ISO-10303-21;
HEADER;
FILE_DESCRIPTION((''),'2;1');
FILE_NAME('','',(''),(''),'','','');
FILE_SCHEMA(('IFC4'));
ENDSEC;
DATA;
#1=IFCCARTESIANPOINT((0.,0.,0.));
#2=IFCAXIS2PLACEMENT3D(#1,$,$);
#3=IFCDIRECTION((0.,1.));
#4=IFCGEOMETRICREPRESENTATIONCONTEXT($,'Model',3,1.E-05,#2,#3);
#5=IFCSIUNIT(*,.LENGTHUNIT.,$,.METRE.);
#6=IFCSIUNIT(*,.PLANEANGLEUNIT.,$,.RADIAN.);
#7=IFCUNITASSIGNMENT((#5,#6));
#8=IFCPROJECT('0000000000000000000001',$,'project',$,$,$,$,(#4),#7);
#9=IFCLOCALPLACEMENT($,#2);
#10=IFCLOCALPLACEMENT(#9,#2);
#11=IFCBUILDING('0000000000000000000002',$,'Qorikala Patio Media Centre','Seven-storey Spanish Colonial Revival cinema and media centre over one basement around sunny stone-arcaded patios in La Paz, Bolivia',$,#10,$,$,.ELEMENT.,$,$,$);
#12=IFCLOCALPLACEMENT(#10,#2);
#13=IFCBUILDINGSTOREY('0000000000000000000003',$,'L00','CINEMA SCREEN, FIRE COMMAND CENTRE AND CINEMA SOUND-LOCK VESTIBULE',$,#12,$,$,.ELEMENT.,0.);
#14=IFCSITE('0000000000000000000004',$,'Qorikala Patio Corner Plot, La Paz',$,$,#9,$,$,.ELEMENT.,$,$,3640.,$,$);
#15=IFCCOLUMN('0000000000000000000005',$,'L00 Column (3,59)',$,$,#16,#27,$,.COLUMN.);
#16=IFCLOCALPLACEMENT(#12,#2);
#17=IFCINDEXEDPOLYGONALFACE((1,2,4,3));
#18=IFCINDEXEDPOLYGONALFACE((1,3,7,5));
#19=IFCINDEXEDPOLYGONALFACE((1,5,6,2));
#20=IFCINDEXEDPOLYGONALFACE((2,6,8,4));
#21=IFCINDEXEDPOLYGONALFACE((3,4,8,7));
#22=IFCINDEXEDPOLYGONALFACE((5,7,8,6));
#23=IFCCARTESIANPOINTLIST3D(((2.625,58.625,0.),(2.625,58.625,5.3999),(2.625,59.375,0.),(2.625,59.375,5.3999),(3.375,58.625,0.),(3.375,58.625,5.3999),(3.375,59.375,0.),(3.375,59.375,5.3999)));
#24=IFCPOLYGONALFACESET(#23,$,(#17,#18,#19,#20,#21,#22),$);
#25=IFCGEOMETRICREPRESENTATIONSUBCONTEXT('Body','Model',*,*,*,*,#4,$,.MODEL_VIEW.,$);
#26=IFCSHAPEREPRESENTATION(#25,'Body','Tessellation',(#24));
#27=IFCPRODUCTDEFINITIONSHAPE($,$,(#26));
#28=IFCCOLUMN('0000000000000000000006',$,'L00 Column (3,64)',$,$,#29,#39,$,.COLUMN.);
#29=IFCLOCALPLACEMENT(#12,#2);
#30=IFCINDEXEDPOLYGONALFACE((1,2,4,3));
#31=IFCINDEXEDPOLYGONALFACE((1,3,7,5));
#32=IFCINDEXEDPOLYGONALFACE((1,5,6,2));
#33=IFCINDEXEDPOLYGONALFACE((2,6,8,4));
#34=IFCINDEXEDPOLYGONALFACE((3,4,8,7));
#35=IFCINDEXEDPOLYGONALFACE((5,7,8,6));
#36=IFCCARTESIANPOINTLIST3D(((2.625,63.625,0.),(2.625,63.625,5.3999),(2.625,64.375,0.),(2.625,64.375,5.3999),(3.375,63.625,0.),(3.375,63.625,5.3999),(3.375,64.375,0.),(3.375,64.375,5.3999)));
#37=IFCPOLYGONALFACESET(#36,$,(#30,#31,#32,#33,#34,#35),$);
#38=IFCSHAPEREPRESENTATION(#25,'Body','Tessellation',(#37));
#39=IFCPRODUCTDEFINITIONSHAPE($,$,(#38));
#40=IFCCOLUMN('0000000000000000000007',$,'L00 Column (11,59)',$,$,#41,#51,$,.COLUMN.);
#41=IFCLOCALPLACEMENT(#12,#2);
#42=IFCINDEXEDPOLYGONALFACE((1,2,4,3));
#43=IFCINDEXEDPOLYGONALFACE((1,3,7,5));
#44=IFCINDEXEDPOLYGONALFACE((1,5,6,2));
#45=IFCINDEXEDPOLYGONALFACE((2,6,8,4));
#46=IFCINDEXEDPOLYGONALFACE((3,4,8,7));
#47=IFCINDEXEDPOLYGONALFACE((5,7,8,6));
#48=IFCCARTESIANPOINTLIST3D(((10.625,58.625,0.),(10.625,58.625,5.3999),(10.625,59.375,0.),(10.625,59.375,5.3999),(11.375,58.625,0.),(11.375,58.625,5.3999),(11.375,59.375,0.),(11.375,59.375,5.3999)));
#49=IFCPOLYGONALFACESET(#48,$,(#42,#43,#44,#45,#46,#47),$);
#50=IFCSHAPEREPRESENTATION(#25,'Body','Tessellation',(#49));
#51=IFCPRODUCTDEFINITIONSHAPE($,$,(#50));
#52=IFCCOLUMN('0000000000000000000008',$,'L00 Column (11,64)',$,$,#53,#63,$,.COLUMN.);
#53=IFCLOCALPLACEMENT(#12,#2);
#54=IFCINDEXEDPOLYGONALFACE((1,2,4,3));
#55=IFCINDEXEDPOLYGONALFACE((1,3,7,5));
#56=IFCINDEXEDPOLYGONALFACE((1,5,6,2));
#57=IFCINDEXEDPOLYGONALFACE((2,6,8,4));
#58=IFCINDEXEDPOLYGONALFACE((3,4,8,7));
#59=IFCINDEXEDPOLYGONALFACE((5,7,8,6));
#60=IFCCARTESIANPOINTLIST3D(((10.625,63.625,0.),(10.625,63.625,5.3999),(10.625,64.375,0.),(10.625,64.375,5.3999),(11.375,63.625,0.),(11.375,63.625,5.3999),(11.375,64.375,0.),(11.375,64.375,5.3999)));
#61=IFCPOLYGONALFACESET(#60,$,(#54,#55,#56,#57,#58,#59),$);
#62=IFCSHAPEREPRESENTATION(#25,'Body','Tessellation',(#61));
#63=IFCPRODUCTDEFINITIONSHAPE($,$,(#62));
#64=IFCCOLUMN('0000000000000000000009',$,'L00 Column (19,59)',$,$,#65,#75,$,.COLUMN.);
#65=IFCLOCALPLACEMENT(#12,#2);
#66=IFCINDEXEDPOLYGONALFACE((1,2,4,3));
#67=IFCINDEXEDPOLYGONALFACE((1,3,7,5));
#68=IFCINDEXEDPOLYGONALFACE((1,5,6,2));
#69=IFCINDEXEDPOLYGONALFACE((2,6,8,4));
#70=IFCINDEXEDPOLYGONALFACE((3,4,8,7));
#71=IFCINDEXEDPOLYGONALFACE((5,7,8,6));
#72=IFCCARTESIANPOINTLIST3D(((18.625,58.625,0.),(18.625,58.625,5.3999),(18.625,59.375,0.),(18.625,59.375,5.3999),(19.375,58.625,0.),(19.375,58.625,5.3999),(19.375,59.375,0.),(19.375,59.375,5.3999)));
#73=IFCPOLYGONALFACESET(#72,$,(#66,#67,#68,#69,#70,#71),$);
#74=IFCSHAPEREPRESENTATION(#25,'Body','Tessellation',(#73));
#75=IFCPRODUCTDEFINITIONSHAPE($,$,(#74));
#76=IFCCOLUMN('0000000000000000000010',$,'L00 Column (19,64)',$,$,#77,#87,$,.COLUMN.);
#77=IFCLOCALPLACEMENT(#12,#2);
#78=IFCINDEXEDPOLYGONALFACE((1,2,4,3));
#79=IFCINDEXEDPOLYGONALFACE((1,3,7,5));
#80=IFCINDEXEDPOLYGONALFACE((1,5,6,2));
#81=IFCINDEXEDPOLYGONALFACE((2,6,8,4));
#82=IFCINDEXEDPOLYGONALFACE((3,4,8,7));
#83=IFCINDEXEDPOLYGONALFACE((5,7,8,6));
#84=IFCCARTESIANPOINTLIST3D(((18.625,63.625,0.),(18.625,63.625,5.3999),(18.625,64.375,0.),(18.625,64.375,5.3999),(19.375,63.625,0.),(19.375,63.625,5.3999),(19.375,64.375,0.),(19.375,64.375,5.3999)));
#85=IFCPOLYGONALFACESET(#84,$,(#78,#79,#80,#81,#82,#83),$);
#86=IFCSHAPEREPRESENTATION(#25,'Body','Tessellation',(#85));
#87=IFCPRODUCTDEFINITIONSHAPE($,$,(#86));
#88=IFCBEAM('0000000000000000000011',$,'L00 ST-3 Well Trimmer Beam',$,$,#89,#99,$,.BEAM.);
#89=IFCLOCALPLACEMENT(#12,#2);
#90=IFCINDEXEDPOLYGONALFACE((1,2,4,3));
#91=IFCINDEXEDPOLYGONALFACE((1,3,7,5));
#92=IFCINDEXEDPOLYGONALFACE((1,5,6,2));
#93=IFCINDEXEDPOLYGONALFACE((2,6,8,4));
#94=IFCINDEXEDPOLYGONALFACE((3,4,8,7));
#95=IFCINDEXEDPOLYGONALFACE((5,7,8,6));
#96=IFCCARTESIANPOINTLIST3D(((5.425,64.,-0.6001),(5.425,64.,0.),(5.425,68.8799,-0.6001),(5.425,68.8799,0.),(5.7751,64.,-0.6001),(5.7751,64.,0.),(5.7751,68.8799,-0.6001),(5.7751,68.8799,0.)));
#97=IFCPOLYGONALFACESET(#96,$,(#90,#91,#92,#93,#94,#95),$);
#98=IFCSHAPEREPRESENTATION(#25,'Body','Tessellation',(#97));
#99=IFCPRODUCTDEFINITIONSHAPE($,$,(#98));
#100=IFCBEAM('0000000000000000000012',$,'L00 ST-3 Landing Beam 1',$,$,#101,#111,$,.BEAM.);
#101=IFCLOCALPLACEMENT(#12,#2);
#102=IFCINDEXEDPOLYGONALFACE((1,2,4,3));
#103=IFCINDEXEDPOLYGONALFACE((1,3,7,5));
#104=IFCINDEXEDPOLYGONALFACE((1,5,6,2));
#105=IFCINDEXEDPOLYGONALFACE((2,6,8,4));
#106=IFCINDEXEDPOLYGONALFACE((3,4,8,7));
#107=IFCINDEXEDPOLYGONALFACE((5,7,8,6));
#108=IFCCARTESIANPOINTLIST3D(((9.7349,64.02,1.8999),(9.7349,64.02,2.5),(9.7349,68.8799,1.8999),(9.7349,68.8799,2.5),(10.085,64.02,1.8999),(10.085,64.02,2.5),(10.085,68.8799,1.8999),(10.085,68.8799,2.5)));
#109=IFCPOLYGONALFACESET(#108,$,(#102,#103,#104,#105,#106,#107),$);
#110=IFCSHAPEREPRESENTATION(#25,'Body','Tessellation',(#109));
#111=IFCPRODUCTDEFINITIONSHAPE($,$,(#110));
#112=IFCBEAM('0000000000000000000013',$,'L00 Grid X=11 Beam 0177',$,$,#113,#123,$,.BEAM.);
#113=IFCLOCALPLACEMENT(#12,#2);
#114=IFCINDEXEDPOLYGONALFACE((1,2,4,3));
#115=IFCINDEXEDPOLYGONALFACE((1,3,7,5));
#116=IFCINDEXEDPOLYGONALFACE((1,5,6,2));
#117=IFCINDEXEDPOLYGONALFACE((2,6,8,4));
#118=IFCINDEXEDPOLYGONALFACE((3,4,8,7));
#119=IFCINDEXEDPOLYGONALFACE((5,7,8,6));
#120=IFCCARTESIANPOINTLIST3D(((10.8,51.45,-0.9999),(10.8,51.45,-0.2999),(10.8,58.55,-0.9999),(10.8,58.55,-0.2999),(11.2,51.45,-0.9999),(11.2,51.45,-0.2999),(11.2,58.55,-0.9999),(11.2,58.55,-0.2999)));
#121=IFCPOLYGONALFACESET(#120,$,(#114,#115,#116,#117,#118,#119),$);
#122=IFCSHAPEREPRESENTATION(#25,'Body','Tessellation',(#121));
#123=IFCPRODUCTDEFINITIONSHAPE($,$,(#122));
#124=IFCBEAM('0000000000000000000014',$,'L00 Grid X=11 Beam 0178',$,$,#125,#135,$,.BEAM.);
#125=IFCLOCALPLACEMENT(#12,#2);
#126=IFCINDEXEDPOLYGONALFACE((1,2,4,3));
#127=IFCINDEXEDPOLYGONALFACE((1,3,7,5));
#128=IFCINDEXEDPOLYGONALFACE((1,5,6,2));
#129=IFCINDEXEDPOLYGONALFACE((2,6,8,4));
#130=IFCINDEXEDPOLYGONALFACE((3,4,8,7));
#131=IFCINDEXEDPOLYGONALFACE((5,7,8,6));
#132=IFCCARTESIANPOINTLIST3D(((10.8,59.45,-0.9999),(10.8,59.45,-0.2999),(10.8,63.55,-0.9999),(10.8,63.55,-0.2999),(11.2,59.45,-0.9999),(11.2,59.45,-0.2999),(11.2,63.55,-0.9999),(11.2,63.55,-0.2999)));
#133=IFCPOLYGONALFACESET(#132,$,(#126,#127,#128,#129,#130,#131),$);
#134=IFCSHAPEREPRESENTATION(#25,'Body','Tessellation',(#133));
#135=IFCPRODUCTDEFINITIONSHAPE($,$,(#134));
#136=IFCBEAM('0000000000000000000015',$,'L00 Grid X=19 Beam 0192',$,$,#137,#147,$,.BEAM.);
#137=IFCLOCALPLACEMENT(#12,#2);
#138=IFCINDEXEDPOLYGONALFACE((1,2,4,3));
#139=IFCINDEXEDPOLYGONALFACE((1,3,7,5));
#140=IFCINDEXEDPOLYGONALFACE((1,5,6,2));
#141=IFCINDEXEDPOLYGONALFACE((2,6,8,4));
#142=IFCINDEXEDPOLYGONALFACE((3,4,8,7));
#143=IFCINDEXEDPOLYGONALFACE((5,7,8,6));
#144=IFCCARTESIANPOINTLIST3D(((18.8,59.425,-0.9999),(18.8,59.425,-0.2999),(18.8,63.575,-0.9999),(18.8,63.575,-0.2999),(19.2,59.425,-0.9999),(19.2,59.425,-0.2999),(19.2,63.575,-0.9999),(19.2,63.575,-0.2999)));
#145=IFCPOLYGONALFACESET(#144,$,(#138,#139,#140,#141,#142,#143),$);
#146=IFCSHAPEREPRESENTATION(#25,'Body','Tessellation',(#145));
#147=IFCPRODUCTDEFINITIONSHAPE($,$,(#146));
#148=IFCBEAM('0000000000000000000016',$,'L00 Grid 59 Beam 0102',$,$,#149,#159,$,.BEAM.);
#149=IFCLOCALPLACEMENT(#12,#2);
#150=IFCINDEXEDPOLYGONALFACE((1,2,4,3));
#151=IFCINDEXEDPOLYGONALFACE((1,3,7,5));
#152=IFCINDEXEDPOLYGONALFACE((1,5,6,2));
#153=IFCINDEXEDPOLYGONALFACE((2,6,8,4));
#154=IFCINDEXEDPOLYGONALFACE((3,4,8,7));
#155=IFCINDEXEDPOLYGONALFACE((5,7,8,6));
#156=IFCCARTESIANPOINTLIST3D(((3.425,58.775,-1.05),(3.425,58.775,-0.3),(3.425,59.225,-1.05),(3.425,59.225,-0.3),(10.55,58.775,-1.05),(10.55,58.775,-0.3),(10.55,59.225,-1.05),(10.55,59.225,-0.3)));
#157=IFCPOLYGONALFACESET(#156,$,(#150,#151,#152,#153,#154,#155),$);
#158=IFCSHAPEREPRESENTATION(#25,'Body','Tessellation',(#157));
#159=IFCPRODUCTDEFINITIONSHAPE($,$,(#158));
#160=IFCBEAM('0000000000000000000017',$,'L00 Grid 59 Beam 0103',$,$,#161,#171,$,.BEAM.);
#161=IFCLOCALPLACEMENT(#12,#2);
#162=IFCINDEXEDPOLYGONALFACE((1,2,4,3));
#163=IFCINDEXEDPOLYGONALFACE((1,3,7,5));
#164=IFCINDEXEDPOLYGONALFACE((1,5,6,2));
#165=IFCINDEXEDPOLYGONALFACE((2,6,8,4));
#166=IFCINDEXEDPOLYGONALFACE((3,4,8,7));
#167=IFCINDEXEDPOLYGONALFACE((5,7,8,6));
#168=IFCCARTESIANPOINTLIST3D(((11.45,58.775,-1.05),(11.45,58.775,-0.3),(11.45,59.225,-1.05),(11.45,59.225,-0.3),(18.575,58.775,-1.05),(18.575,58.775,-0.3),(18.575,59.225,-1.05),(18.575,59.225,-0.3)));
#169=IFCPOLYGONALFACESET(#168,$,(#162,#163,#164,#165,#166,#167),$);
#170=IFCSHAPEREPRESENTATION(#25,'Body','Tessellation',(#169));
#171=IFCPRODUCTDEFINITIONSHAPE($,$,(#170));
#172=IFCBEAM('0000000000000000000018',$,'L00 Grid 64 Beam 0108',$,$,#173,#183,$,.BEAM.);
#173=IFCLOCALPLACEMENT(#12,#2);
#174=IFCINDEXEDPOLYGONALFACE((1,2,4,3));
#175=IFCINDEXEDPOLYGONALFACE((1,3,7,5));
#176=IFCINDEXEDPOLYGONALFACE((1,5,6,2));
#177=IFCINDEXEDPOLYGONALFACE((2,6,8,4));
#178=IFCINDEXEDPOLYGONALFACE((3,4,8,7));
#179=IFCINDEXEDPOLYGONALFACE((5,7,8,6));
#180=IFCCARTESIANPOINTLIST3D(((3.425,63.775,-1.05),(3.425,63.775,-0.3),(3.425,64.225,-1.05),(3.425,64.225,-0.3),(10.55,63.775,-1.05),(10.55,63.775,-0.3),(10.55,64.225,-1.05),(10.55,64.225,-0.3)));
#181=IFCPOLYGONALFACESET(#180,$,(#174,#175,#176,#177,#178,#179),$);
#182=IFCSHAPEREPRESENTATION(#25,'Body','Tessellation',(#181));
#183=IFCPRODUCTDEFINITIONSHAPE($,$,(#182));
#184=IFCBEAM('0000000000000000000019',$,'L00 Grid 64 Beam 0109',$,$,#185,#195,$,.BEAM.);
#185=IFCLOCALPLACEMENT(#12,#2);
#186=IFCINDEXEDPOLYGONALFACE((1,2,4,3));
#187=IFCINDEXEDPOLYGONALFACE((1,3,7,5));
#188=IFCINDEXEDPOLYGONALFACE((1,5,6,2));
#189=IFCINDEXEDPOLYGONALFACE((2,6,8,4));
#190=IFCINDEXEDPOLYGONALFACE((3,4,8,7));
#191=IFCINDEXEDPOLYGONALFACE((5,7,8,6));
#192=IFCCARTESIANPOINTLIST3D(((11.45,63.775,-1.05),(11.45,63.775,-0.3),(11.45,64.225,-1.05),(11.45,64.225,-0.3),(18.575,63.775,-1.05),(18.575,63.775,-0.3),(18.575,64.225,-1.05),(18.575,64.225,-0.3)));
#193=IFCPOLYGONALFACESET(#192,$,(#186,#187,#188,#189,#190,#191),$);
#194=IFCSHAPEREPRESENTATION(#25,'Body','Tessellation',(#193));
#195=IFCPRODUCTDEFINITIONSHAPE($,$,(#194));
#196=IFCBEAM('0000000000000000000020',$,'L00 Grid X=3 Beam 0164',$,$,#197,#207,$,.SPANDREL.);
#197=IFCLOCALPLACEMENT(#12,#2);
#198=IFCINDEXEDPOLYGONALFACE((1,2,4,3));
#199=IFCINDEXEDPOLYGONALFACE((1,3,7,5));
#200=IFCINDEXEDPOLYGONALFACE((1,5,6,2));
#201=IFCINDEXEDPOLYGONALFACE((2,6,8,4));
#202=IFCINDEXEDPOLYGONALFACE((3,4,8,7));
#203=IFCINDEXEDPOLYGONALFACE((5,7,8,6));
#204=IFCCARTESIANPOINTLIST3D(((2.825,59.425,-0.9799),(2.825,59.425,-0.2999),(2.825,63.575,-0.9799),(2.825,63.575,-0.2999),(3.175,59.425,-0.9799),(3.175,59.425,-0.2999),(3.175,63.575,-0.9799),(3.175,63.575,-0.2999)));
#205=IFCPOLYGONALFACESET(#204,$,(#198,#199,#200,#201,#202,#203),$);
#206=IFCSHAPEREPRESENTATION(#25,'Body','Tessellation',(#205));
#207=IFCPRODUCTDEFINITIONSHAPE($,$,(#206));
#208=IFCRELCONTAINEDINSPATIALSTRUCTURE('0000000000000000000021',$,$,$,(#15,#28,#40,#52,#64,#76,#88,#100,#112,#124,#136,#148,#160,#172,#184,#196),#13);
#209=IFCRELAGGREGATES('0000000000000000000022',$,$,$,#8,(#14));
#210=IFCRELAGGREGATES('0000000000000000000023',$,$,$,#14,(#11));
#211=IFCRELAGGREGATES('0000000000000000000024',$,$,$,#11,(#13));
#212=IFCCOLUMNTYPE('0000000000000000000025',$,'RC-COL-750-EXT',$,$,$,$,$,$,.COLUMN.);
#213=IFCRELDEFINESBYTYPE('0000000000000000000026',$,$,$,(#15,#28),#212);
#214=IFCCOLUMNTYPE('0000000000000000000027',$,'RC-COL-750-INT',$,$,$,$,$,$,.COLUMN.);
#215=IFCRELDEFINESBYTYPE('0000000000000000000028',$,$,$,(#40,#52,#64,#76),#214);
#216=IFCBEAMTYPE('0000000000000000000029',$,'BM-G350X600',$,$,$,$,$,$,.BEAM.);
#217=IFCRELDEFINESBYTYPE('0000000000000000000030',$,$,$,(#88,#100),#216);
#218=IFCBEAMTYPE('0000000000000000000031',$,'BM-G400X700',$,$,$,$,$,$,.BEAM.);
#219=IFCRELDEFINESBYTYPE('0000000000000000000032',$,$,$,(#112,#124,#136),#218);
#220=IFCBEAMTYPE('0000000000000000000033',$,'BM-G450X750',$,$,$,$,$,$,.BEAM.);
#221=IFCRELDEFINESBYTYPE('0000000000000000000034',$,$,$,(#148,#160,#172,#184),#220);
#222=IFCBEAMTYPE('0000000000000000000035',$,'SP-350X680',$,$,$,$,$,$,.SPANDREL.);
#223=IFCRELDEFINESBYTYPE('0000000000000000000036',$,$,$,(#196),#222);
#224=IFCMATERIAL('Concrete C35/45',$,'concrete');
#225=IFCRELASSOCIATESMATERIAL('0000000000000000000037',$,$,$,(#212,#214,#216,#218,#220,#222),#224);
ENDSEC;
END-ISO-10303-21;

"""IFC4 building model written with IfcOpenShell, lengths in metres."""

from ifc_helpers import new_model, si_unit, direction, frame, origin, origin_2d, place, context, subcontext, project, spatial, rectangle, extrude, material, material_profile, profile_set, type_object, element, save


model = new_model("IFC4")

# Units and contexts
model_context = context("Model", 3, precision=1e-05, world=origin(), true_north=direction((0.0, 1.0)))
body_context = subcontext(model_context, "Body", "Model", "MODEL_VIEW")
ifc_project = project(units=[si_unit("LENGTHUNIT", "METRE"), si_unit("PLANEANGLEUNIT", "RADIAN")], contexts=[model_context])

# Site, building, storey
site_placement = place(None, origin())
site = spatial("IfcSite", under=ifc_project, at=site_placement, Name="Qorikala Patio Corner Plot, La Paz", CompositionType="ELEMENT", RefElevation=3640.0)
building_placement = place(site_placement, origin())
building = spatial("IfcBuilding", under=site, at=building_placement, Name="Qorikala Patio Media Centre", Description="Seven-storey Spanish Colonial Revival cinema and media centre over one basement around sunny stone-arcaded patios in La Paz, Bolivia", CompositionType="ELEMENT")
storey_placement = place(building_placement, origin())
storey = spatial("IfcBuildingStorey", under=building, at=storey_placement, Name="L00", Description="CINEMA SCREEN, FIRE COMMAND CENTRE AND CINEMA SOUND-LOCK VESTIBULE", CompositionType="ELEMENT", Elevation=0.0)

# Columns
ifc_material_1 = material(Name="Concrete C35/45", Category="concrete")
ifc_material_profile_1 = material_profile(ifc_material_1, rectangle(XDim=0.75, YDim=0.75, at=origin_2d()), Name="RC 750x750")
ifc_profile_set_1 = profile_set([ifc_material_profile_1], Name="Concrete C35/45")
column_type_1 = type_object("IfcColumnType", Name="RC-COL-750-EXT", PredefinedType="COLUMN", material=ifc_profile_set_1)
for number, where, z_axis, x_axis, name in (
    (1, (3.0, 59.0, 0.0), (0.0, 0.0, 1.0), (1.0, 0.0, 0.0), "L00 Column (3,59)"),
    (2, (3.0, 64.0, 0.0), (0.0, 0.0, 1.0), (1.0, 0.0, 0.0), "L00 Column (3,64)"),
):
    element("IfcColumn", number, at=place(storey_placement, frame(where, z_axis=z_axis, x_axis=x_axis)), inside=storey, type_object=column_type_1, Name=name, PredefinedType="COLUMN", context=body_context, shape_type="SweptSolid", body=[
        extrude(rectangle(XDim=0.75, YDim=0.75, at=origin_2d()), origin(), (0.0, 0.0, 1.0), 5.3999),
    ])
ifc_material_profile_2 = material_profile(ifc_material_1, rectangle(XDim=0.75, YDim=0.75, at=origin_2d()), Name="RC 750x750")
ifc_profile_set_2 = profile_set([ifc_material_profile_2], Name="Concrete C35/45")
column_type_2 = type_object("IfcColumnType", Name="RC-COL-750-INT", PredefinedType="COLUMN", material=ifc_profile_set_2)
for number, where, z_axis, x_axis, name in (
    (3, (11.0, 59.0, 0.0), (0.0, 0.0, 1.0), (1.0, 0.0, 0.0), "L00 Column (11,59)"),
    (4, (11.0, 64.0, 0.0), (0.0, 0.0, 1.0), (1.0, 0.0, 0.0), "L00 Column (11,64)"),
    (5, (19.0, 59.0, 0.0), (0.0, 0.0, 1.0), (1.0, 0.0, 0.0), "L00 Column (19,59)"),
    (6, (19.0, 64.0, 0.0), (0.0, 0.0, 1.0), (1.0, 0.0, 0.0), "L00 Column (19,64)"),
):
    element("IfcColumn", number, at=place(storey_placement, frame(where, z_axis=z_axis, x_axis=x_axis)), inside=storey, type_object=column_type_2, Name=name, PredefinedType="COLUMN", context=body_context, shape_type="SweptSolid", body=[
        extrude(rectangle(XDim=0.75, YDim=0.75, at=origin_2d()), origin(), (0.0, 0.0, 1.0), 5.3999),
    ])

# Beams
ifc_material_profile_3 = material_profile(ifc_material_1, rectangle(XDim=0.3501, YDim=0.6001, at=origin_2d()), Name="RC 350x600")
ifc_profile_set_3 = profile_set([ifc_material_profile_3], Name="Concrete C35/45")
beam_type_1 = type_object("IfcBeamType", Name="BM-G350X600", PredefinedType="BEAM", material=ifc_profile_set_3)
beam_1_placement = place(storey_placement, frame((5.6001, 64.0, -0.3), z_axis=(0.0, 1.0, 0.0), x_axis=(-1.0, 0.0, 0.0)))
element("IfcBeam", 7, at=beam_1_placement, inside=storey, type_object=beam_type_1, Name="L00 ST-3 Well Trimmer Beam", PredefinedType="BEAM", context=body_context, shape_type="SweptSolid", body=[
    extrude(rectangle(XDim=0.3501, YDim=0.6001, at=origin_2d()), origin(), (0.0, 0.0, 1.0), 4.8799),
])
beam_2_placement = place(storey_placement, frame((9.9099, 64.02, 2.2), z_axis=(0.0, 1.0, 0.0), x_axis=(-1.0, 0.0, 0.0)))
element("IfcBeam", 8, at=beam_2_placement, inside=storey, type_object=beam_type_1, Name="L00 ST-3 Landing Beam 1", PredefinedType="BEAM", context=body_context, shape_type="SweptSolid", body=[
    extrude(rectangle(XDim=0.3501, YDim=0.6001, at=origin_2d()), origin(), (0.0, 0.0, 1.0), 4.8599),
])
ifc_material_profile_4 = material_profile(ifc_material_1, rectangle(XDim=0.3999, YDim=0.7, at=origin_2d()), Name="RC 400x700")
ifc_profile_set_4 = profile_set([ifc_material_profile_4], Name="Concrete C35/45")
beam_type_2 = type_object("IfcBeamType", Name="BM-G400X700", PredefinedType="BEAM", material=ifc_profile_set_4)
beam_3_placement = place(storey_placement, frame((11.0, 51.45, -0.6499), z_axis=(0.0, 1.0, 0.0), x_axis=(-1.0, 0.0, 0.0)))
element("IfcBeam", 9, at=beam_3_placement, inside=storey, type_object=beam_type_2, Name="L00 Grid X=11 Beam 0177", PredefinedType="BEAM", context=body_context, shape_type="SweptSolid", body=[
    extrude(rectangle(XDim=0.3999, YDim=0.7, at=origin_2d()), origin(), (0.0, 0.0, 1.0), 7.1001),
])
beam_4_placement = place(storey_placement, frame((11.0, 59.45, -0.6499), z_axis=(0.0, 1.0, 0.0), x_axis=(-1.0, 0.0, 0.0)))
element("IfcBeam", 10, at=beam_4_placement, inside=storey, type_object=beam_type_2, Name="L00 Grid X=11 Beam 0178", PredefinedType="BEAM", context=body_context, shape_type="SweptSolid", body=[
    extrude(rectangle(XDim=0.3999, YDim=0.7, at=origin_2d()), origin(), (0.0, 0.0, 1.0), 4.1001),
])
beam_5_placement = place(storey_placement, frame((19.0, 59.425, -0.6499), z_axis=(0.0, 1.0, 0.0), x_axis=(-1.0, 0.0, 0.0)))
element("IfcBeam", 11, at=beam_5_placement, inside=storey, type_object=beam_type_2, Name="L00 Grid X=19 Beam 0192", PredefinedType="BEAM", context=body_context, shape_type="SweptSolid", body=[
    extrude(rectangle(XDim=0.3999, YDim=0.7, at=origin_2d()), origin(), (0.0, 0.0, 1.0), 4.1499),
])
ifc_material_profile_5 = material_profile(ifc_material_1, rectangle(XDim=0.45, YDim=0.75, at=origin_2d()), Name="RC 450x750")
ifc_profile_set_5 = profile_set([ifc_material_profile_5], Name="Concrete C35/45")
beam_type_3 = type_object("IfcBeamType", Name="BM-G450X750", PredefinedType="BEAM", material=ifc_profile_set_5)
for number, where, z_axis, x_axis, name in (
    (12, (3.425, 59.0, -0.675), (1.0, 0.0, 0.0), (0.0, 1.0, 0.0), "L00 Grid 59 Beam 0102"),
    (13, (11.45, 59.0, -0.675), (1.0, 0.0, 0.0), (0.0, 1.0, 0.0), "L00 Grid 59 Beam 0103"),
    (14, (3.425, 64.0, -0.675), (1.0, 0.0, 0.0), (0.0, 1.0, 0.0), "L00 Grid 64 Beam 0108"),
    (15, (11.45, 64.0, -0.675), (1.0, 0.0, 0.0), (0.0, 1.0, 0.0), "L00 Grid 64 Beam 0109"),
):
    element("IfcBeam", number, at=place(storey_placement, frame(where, z_axis=z_axis, x_axis=x_axis)), inside=storey, type_object=beam_type_3, Name=name, PredefinedType="BEAM", context=body_context, shape_type="SweptSolid", body=[
        extrude(rectangle(XDim=0.45, YDim=0.75, at=origin_2d()), origin(), (0.0, 0.0, 1.0), 7.125),
    ])
ifc_material_profile_6 = material_profile(ifc_material_1, rectangle(XDim=0.3501, YDim=0.6799, at=origin_2d()), Name="RC 350x680")
ifc_profile_set_6 = profile_set([ifc_material_profile_6], Name="Concrete C35/45")
beam_type_4 = type_object("IfcBeamType", Name="SP-350X680", PredefinedType="SPANDREL", material=ifc_profile_set_6)
beam_6_placement = place(storey_placement, frame((3.0, 59.425, -0.6399), z_axis=(0.0, 1.0, 0.0), x_axis=(-1.0, 0.0, 0.0)))
element("IfcBeam", 16, at=beam_6_placement, inside=storey, type_object=beam_type_4, Name="L00 Grid X=3 Beam 0164", PredefinedType="SPANDREL", context=body_context, shape_type="SweptSolid", body=[
    extrude(rectangle(XDim=0.3501, YDim=0.6799, at=origin_2d()), origin(), (0.0, 0.0, 1.0), 4.1499),
])

save(model, "model.ifc")
